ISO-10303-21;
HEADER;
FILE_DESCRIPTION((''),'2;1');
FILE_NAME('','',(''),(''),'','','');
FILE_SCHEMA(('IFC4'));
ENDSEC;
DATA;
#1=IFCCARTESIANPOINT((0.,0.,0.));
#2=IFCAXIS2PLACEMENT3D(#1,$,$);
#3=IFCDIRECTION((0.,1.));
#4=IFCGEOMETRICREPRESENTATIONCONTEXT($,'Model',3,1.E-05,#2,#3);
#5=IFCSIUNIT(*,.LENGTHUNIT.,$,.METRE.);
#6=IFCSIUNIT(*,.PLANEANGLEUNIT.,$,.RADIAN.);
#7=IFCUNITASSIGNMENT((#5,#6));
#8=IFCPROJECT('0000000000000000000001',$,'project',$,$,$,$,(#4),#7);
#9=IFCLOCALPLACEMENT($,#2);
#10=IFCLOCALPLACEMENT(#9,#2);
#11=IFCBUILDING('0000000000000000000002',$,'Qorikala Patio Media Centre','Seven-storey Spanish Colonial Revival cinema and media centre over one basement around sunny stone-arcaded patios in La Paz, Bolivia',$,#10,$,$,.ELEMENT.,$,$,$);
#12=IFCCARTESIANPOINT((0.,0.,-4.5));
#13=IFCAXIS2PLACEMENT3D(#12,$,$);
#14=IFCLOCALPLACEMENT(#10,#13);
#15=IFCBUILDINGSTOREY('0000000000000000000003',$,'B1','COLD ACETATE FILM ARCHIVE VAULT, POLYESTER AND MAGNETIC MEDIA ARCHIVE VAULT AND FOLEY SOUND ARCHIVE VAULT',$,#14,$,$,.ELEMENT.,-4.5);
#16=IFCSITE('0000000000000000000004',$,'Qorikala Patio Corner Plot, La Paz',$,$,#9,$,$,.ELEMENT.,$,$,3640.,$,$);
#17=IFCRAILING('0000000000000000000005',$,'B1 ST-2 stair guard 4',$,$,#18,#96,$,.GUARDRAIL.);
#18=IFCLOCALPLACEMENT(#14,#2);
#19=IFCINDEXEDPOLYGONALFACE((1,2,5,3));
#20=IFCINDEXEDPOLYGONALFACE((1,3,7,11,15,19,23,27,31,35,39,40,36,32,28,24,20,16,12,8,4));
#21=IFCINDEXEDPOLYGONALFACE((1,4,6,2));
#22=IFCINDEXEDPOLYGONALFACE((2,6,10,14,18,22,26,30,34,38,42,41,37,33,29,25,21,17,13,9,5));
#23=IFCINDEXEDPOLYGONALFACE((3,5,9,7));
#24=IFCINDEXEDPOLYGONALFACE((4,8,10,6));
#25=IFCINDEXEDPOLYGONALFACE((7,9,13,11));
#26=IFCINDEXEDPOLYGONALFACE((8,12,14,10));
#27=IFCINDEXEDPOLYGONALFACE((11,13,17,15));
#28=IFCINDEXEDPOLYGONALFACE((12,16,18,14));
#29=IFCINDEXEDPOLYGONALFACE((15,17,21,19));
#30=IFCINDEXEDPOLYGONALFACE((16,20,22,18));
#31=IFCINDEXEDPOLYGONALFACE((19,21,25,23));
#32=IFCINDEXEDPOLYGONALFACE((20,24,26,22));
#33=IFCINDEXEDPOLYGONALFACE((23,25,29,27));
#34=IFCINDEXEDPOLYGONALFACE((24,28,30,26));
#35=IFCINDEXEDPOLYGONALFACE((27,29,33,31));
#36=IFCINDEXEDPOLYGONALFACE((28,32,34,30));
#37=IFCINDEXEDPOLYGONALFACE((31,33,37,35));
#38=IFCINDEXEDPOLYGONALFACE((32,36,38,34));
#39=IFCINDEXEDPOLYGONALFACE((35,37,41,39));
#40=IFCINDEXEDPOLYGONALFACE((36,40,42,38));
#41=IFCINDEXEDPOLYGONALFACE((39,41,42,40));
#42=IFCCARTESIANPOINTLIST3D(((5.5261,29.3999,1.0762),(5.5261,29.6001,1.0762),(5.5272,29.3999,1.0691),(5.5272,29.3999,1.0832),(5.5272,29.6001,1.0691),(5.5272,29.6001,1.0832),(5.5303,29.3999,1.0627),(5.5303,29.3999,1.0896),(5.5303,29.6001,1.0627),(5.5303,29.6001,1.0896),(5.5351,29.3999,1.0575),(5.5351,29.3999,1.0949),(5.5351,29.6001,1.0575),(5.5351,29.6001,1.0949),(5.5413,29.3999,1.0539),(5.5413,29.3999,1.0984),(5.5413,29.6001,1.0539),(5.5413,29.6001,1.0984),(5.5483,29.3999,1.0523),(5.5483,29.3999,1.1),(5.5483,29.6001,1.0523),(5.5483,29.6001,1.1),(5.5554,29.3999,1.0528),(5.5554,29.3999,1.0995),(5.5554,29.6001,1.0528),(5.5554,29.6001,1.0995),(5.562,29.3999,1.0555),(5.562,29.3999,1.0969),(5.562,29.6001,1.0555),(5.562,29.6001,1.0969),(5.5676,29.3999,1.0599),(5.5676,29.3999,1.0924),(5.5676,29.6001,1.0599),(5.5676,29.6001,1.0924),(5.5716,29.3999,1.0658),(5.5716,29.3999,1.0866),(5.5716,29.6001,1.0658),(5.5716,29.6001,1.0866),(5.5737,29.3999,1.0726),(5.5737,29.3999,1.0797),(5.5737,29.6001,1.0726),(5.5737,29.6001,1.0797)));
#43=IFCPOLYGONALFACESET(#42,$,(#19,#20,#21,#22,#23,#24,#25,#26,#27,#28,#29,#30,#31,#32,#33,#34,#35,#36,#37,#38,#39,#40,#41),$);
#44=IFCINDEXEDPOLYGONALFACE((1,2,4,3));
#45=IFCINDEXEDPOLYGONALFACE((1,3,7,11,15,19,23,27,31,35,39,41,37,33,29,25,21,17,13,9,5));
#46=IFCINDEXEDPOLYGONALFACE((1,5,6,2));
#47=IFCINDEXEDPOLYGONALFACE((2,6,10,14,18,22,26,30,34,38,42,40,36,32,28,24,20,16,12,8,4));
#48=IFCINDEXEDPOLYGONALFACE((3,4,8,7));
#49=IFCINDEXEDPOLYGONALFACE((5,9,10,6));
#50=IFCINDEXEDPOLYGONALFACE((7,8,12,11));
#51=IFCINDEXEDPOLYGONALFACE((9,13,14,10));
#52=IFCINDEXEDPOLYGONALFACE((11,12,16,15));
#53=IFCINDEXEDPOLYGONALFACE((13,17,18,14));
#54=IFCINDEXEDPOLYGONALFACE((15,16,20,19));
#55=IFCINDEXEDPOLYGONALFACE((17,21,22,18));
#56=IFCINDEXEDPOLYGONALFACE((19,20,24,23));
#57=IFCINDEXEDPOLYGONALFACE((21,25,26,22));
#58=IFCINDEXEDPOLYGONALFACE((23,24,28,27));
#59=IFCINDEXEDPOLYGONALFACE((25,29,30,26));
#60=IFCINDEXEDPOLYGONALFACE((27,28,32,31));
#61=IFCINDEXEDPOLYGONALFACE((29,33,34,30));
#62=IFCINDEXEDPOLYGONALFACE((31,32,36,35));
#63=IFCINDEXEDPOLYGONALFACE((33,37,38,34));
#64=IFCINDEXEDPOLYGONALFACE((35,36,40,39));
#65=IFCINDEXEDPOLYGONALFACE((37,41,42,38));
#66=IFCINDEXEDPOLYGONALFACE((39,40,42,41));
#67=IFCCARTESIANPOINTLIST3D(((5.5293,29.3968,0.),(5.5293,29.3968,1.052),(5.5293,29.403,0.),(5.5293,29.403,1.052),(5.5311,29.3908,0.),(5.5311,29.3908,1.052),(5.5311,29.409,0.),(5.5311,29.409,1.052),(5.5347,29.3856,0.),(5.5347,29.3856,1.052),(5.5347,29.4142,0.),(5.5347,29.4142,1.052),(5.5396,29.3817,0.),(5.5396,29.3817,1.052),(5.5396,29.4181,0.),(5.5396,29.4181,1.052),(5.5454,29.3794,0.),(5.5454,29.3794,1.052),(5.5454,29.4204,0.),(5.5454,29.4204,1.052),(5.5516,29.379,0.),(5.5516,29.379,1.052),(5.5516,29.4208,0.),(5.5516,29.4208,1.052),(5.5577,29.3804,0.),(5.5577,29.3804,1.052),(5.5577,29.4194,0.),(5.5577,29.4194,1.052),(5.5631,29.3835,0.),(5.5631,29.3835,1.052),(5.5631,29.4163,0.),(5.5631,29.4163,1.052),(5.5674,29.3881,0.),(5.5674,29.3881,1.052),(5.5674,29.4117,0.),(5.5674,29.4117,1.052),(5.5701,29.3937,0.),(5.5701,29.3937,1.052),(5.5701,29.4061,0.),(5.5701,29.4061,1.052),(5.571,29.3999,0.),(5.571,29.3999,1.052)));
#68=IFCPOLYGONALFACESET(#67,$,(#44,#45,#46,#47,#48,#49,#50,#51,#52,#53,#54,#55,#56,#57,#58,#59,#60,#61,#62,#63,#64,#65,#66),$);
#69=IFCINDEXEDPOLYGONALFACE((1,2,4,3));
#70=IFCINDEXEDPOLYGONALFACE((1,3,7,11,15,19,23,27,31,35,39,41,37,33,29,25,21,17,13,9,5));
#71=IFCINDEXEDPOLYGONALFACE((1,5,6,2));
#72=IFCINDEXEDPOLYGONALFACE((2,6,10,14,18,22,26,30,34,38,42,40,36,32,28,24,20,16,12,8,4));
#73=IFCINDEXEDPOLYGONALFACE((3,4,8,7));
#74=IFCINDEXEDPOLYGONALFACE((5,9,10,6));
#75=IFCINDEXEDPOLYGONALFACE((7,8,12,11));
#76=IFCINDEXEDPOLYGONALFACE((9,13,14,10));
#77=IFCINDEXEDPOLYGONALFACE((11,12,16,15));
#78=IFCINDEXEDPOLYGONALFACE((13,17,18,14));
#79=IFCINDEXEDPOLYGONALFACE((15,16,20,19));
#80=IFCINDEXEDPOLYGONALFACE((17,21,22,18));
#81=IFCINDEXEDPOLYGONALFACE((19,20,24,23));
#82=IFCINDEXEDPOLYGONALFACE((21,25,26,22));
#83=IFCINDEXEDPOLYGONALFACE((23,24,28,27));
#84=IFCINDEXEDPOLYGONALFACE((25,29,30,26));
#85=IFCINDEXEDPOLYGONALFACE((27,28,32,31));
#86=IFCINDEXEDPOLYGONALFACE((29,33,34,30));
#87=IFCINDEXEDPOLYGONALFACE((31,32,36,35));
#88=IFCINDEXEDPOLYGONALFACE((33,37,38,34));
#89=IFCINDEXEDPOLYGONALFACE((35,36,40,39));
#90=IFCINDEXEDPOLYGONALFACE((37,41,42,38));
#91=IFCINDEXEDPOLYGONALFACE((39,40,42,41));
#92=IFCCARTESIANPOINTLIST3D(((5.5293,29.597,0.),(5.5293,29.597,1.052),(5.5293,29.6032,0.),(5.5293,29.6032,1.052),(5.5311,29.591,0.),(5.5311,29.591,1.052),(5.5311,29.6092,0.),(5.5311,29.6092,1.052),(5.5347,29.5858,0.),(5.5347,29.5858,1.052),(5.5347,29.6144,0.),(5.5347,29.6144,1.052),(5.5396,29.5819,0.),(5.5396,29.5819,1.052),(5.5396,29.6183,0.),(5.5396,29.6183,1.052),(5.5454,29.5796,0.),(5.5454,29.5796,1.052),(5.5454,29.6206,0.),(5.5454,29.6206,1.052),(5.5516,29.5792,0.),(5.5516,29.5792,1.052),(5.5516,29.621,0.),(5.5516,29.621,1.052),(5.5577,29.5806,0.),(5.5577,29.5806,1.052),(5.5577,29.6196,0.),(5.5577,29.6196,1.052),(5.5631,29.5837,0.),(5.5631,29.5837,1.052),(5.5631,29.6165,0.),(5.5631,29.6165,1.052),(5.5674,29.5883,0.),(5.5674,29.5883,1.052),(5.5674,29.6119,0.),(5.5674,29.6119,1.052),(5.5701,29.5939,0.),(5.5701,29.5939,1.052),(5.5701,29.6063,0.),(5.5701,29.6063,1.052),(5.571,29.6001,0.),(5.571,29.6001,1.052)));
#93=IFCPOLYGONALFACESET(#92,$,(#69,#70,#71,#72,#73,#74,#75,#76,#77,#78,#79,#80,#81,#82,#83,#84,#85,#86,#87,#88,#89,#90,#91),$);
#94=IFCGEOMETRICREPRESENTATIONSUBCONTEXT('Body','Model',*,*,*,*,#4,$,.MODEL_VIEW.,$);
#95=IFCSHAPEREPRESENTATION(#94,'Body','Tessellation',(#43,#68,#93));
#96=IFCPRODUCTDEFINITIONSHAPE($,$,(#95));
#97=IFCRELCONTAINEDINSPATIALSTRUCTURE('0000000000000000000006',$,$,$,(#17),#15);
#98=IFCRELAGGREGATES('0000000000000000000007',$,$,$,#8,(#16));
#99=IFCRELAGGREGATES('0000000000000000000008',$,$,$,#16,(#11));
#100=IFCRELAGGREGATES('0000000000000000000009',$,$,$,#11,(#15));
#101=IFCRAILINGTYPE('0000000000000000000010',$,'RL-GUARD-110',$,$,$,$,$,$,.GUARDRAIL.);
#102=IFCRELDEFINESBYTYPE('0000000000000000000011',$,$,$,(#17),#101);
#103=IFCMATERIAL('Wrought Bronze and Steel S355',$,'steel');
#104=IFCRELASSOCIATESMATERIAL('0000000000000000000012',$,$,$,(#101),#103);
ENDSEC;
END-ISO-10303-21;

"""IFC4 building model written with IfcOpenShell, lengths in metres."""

from ifc_helpers import new_model, si_unit, direction, frame, origin, origin_2d, place, context, subcontext, project, spatial, circle, extrude, material, type_object, element, save


model = new_model("IFC4")

# Units and contexts
model_context = context("Model", 3, precision=1e-05, world=origin(), true_north=direction((0.0, 1.0)))
body_context = subcontext(model_context, "Body", "Model", "MODEL_VIEW")
ifc_project = project(units=[si_unit("LENGTHUNIT", "METRE"), si_unit("PLANEANGLEUNIT", "RADIAN")], contexts=[model_context])

# Site, building, storey
site_placement = place(None, origin())
site = spatial("IfcSite", under=ifc_project, at=site_placement, Name="Qorikala Patio Corner Plot, La Paz", CompositionType="ELEMENT", RefElevation=3640.0)
building_placement = place(site_placement, origin())
building = spatial("IfcBuilding", under=site, at=building_placement, Name="Qorikala Patio Media Centre", Description="Seven-storey Spanish Colonial Revival cinema and media centre over one basement around sunny stone-arcaded patios in La Paz, Bolivia", CompositionType="ELEMENT")
storey_placement = place(building_placement, frame((0.0, 0.0, -4.5)))
storey = spatial("IfcBuildingStorey", under=building, at=storey_placement, Name="B1", Description="COLD ACETATE FILM ARCHIVE VAULT, POLYESTER AND MAGNETIC MEDIA ARCHIVE VAULT AND FOLEY SOUND ARCHIVE VAULT", CompositionType="ELEMENT", Elevation=-4.5)

# Railing
ifc_material_1 = material(Name="Wrought Bronze and Steel S355", Category="steel")
railing_type_1 = type_object("IfcRailingType", Name="RL-GUARD-110", PredefinedType="GUARDRAIL", material=ifc_material_1)
railing_1_placement = place(storey_placement, frame((5.55, 29.3999, 0.0)))
element("IfcRailing", 1, at=railing_1_placement, inside=storey, type_object=railing_type_1, Name="B1 ST-2 stair guard 4", PredefinedType="GUARDRAIL", context=body_context, shape_type="SweptSolid", body=[
    extrude(circle(Radius=0.0239, at=origin_2d()), frame((0.0, 0.0, 1.0762), z_axis=(0.0, 1.0, 0.0), x_axis=(-1.0, 0.0, 0.0)), (0.0, 0.0, 1.0), 0.2002),
    extrude(circle(Radius=0.021, at=origin_2d()), origin(), (0.0, 0.0, 1.0), 1.052),
    extrude(circle(Radius=0.021, at=origin_2d()), frame((0.0, 0.2002, 0.0)), (0.0, 0.0, 1.0), 1.052),
])

save(model, "model.ifc")
